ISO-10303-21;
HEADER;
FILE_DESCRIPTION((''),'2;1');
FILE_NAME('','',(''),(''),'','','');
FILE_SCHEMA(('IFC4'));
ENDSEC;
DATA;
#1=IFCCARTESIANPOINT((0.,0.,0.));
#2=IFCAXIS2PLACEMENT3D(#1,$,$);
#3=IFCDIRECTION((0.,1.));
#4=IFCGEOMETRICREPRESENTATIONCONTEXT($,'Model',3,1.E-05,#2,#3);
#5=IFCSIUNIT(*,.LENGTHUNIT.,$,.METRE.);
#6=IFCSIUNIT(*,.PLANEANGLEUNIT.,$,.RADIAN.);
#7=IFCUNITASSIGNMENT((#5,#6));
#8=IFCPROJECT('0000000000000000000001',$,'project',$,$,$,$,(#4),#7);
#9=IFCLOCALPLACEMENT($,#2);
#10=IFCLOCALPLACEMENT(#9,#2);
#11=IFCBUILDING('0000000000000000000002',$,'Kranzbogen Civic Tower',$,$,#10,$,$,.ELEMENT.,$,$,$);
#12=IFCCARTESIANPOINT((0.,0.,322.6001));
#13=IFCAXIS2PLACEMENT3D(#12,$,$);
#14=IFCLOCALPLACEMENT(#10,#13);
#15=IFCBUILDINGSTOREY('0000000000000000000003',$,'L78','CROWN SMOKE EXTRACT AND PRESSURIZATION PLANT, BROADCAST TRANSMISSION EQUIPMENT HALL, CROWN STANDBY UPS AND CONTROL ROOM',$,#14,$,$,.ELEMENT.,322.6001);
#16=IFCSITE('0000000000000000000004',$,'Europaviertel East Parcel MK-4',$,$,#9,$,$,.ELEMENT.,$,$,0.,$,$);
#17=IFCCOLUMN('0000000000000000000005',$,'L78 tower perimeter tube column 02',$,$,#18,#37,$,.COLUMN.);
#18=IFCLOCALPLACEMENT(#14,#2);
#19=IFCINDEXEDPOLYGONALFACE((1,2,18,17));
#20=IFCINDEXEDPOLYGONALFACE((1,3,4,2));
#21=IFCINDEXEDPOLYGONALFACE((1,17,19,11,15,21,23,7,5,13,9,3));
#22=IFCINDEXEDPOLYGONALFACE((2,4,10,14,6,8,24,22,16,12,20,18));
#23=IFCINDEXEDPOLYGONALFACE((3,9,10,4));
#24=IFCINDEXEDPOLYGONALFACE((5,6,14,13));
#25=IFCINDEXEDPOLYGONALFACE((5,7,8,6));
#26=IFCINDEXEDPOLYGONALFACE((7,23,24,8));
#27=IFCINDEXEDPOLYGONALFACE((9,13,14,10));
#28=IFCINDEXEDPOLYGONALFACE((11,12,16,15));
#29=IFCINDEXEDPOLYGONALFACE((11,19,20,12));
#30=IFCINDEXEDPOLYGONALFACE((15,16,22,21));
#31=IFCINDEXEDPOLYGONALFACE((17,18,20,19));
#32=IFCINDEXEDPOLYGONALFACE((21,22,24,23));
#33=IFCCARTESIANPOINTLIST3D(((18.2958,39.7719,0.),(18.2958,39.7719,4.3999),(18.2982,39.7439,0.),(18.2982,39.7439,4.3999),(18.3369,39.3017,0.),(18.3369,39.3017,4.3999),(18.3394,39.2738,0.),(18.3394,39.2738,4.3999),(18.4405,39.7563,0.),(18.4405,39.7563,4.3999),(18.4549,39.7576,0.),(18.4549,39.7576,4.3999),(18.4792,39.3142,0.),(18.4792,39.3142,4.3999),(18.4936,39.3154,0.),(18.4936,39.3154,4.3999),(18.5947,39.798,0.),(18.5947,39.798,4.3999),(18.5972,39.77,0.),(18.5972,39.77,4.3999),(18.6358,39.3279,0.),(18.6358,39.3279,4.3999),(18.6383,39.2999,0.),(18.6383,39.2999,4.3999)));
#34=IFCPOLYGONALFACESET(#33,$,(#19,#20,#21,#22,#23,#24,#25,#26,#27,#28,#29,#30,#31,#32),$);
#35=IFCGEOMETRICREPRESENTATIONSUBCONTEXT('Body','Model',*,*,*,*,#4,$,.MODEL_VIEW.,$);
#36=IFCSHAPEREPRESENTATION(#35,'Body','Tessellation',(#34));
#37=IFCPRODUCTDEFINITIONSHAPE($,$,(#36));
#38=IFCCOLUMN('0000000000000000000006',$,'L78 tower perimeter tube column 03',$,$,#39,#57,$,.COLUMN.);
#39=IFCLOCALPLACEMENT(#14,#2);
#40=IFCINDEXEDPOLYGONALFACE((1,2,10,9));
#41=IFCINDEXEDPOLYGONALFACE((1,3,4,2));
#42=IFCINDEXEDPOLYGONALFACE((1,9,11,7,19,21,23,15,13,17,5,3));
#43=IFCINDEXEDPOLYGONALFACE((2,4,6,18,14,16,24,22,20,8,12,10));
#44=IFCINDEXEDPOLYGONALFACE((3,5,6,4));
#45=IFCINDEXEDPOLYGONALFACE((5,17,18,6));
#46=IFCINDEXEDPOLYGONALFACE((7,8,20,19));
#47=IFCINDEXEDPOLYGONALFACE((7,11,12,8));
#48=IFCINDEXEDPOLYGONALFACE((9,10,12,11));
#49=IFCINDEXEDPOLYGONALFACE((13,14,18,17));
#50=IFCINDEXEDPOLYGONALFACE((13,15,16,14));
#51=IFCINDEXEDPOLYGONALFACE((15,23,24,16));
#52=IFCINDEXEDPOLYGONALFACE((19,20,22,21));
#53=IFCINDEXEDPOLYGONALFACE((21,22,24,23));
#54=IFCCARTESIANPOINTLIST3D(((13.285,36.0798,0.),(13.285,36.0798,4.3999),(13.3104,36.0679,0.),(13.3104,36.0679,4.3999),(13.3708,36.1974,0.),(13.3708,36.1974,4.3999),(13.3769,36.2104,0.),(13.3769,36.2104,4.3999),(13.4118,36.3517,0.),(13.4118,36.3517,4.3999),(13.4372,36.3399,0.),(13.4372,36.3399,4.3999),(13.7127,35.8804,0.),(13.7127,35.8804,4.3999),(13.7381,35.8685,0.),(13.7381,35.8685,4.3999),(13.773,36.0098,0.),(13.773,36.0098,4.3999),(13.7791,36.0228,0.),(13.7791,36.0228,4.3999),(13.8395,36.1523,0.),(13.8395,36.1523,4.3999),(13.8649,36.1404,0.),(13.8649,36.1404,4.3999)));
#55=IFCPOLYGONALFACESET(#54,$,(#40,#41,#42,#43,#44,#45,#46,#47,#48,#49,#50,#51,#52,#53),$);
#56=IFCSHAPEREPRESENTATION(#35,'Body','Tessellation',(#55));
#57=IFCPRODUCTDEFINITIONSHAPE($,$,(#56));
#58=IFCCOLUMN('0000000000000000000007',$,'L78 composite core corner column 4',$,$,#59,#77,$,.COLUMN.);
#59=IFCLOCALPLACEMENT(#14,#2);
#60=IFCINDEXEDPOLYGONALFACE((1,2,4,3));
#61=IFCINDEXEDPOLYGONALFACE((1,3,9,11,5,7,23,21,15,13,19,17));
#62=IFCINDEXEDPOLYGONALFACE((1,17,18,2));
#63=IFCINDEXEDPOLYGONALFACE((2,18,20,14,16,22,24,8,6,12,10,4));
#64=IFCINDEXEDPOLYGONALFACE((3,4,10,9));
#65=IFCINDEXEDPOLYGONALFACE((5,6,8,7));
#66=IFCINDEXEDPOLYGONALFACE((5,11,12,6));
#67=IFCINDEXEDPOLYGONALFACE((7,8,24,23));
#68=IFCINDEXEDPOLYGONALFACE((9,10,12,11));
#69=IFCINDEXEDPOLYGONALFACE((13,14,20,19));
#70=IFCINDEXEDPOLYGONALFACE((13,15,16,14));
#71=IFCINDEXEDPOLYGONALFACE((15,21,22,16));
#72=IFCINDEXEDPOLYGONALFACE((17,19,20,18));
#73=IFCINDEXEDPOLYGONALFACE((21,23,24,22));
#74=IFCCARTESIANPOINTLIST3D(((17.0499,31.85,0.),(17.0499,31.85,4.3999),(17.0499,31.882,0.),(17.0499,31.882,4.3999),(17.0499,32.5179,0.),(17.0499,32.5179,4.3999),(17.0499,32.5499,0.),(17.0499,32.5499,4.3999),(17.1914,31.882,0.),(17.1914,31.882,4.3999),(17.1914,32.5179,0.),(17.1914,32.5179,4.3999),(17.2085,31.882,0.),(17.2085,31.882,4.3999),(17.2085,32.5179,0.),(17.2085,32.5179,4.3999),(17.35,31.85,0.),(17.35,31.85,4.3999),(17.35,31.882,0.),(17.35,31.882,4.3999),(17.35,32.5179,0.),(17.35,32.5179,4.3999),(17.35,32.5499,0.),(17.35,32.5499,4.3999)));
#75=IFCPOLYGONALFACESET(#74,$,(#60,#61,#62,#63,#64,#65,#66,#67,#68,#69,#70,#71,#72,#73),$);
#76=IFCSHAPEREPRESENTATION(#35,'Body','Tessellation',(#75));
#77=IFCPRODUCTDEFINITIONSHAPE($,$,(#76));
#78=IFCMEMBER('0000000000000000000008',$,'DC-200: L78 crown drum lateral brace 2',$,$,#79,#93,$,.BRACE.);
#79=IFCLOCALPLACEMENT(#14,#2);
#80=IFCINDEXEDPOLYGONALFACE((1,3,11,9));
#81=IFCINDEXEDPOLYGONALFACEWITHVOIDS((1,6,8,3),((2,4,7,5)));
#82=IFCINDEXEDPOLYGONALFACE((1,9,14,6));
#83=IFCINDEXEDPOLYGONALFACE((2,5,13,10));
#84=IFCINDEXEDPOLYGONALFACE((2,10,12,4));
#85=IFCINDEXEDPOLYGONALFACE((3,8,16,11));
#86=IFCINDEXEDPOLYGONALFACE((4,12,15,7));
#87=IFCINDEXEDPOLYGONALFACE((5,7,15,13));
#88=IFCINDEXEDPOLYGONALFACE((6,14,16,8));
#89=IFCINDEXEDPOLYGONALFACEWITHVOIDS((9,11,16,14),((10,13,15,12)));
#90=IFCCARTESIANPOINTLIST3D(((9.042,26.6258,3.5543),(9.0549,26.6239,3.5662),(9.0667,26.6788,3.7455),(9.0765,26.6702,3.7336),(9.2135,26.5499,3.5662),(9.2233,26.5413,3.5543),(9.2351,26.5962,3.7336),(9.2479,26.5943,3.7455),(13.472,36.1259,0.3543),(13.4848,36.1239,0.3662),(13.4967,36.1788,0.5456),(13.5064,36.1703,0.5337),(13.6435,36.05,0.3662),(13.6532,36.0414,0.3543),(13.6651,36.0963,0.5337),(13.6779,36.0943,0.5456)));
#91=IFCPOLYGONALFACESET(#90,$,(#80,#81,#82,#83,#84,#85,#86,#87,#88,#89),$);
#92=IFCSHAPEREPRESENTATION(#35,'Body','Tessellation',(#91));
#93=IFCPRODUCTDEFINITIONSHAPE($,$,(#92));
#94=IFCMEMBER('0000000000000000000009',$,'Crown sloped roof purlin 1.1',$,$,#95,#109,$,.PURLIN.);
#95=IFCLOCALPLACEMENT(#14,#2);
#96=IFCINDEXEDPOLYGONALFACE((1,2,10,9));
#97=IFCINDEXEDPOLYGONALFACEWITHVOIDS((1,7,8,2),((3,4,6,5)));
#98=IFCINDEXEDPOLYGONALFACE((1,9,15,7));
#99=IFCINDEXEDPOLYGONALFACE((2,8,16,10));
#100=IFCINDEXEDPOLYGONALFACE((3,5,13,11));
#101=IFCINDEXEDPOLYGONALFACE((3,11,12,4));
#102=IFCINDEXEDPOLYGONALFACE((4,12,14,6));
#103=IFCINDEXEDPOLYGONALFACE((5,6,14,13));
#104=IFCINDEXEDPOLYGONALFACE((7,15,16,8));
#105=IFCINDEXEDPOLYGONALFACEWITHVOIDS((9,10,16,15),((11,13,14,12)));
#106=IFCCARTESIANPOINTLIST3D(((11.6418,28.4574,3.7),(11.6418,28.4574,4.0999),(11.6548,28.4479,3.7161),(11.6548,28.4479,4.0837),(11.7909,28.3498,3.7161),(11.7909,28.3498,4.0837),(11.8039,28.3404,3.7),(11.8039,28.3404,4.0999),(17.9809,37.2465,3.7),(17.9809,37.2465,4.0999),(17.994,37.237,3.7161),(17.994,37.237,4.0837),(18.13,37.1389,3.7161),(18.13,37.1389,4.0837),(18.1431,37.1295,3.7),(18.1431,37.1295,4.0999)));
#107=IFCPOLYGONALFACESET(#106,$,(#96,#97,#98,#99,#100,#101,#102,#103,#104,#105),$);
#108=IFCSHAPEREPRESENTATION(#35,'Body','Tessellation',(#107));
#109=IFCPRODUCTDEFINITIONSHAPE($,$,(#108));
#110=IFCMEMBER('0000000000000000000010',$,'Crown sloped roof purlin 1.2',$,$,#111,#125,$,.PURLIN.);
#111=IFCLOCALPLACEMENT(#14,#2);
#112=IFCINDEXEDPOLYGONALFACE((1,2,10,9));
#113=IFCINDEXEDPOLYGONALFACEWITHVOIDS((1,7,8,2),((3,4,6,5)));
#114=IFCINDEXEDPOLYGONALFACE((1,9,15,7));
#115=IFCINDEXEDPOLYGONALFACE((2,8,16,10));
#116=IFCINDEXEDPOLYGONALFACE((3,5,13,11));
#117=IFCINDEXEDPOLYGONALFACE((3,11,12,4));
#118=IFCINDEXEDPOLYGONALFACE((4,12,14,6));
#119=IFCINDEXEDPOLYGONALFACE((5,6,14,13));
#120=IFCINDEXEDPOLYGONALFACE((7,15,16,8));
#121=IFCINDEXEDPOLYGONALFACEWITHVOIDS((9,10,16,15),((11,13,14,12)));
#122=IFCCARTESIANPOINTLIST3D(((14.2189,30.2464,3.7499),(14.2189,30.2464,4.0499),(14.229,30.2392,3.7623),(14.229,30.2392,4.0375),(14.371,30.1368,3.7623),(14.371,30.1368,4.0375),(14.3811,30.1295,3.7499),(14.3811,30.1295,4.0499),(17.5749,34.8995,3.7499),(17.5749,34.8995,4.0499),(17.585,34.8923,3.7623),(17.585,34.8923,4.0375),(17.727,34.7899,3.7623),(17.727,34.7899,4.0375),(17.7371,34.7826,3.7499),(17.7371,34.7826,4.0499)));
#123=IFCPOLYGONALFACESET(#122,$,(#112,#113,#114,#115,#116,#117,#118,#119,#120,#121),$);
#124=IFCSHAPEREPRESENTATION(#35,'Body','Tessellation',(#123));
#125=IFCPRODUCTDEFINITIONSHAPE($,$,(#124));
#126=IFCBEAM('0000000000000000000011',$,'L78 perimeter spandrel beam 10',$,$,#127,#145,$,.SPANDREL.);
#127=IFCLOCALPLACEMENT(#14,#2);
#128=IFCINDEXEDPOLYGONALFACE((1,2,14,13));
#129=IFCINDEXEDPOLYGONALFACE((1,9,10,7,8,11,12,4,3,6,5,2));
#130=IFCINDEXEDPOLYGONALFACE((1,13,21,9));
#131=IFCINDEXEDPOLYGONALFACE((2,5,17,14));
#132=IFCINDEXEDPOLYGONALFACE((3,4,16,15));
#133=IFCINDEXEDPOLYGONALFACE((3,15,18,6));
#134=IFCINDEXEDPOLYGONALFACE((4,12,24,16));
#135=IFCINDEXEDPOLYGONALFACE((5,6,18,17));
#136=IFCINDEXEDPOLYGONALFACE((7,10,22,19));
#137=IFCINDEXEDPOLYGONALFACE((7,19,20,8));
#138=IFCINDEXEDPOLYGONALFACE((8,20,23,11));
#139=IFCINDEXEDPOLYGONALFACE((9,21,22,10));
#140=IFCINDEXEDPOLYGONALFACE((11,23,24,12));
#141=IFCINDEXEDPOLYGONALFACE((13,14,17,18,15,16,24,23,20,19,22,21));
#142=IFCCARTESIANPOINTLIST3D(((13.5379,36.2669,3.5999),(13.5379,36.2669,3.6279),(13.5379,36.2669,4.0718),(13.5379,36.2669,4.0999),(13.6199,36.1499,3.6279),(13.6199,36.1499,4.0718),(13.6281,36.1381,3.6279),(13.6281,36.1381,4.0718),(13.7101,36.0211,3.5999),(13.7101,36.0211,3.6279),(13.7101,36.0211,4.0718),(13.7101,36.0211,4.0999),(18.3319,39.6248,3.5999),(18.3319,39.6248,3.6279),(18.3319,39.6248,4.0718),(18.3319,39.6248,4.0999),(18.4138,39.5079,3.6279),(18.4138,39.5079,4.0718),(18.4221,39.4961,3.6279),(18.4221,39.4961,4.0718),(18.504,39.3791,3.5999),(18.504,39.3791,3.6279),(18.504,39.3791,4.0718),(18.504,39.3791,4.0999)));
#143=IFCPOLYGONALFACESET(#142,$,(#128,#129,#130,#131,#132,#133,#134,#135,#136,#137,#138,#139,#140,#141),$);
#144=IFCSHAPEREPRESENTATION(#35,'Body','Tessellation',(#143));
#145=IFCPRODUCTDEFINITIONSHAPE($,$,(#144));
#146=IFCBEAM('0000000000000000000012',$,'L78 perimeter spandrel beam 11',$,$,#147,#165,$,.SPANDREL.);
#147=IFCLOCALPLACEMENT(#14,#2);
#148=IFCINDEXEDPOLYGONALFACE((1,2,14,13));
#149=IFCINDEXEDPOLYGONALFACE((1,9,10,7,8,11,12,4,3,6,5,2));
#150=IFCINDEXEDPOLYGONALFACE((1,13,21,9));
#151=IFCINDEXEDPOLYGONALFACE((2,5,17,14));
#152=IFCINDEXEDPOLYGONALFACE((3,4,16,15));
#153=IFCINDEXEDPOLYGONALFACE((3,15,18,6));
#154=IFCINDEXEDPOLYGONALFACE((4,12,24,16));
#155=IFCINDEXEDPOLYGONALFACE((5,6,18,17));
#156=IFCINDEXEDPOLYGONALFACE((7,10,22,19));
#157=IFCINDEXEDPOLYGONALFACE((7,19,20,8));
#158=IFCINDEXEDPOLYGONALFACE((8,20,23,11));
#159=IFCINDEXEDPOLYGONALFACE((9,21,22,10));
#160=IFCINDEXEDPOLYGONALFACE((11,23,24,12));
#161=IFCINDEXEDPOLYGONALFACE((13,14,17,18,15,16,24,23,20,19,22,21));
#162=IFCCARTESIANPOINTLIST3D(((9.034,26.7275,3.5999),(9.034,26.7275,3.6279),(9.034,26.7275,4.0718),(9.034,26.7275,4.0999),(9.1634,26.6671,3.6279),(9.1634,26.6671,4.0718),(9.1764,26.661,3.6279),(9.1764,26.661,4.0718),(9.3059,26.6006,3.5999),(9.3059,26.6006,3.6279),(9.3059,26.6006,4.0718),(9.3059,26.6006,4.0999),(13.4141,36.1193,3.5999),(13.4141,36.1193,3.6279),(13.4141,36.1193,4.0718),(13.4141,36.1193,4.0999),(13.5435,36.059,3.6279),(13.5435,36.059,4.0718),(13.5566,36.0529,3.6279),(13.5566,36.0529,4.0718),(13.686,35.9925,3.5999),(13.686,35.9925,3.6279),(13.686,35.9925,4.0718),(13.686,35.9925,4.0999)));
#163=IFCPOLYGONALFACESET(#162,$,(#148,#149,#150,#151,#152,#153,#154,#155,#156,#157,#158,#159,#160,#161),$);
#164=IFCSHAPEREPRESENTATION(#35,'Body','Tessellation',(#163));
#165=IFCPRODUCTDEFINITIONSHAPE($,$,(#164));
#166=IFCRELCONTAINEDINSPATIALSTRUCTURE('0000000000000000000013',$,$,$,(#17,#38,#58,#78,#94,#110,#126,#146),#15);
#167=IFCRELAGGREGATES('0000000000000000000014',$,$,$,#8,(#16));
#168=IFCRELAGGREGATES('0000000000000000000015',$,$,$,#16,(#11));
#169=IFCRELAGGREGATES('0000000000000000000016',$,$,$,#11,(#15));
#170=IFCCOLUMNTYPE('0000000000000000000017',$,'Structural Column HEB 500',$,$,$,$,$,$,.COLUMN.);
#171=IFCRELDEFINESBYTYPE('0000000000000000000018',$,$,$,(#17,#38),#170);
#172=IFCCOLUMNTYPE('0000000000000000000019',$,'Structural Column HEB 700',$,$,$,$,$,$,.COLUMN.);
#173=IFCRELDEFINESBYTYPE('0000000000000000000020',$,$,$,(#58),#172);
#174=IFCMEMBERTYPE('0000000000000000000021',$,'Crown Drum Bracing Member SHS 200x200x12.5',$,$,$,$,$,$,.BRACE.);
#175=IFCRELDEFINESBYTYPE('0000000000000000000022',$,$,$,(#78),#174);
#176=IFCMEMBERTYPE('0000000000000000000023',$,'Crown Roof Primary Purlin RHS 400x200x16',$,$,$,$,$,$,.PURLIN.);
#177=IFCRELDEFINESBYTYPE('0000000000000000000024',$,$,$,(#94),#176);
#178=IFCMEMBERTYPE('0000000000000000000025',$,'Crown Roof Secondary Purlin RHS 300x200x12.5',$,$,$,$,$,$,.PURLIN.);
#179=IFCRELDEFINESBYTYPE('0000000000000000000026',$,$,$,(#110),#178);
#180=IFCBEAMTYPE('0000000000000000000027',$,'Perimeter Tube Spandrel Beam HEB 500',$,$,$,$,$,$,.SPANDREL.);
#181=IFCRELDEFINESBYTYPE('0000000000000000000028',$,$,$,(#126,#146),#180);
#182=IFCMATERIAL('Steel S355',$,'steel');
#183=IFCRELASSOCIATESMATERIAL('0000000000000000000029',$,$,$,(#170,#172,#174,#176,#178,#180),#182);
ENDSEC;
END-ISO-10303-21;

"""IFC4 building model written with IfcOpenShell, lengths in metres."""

from ifc_helpers import new_model, si_unit, direction, frame, origin, origin_2d, place, context, subcontext, project, spatial, hollow_rectangle, i_section, extrude, material, material_profile, profile_set, type_object, element, save


model = new_model("IFC4")

# Units and contexts
model_context = context("Model", 3, precision=1e-05, world=origin(), true_north=direction((0.0, 1.0)))
body_context = subcontext(model_context, "Body", "Model", "MODEL_VIEW")
ifc_project = project(units=[si_unit("LENGTHUNIT", "METRE"), si_unit("PLANEANGLEUNIT", "RADIAN")], contexts=[model_context])

# Site, building, storey
site_placement = place(None, origin())
site = spatial("IfcSite", under=ifc_project, at=site_placement, Name="Europaviertel East Parcel MK-4", CompositionType="ELEMENT", RefElevation=0.0)
building_placement = place(site_placement, origin())
building = spatial("IfcBuilding", under=site, at=building_placement, Name="Kranzbogen Civic Tower", CompositionType="ELEMENT")
storey_placement = place(building_placement, frame((0.0, 0.0, 322.6001)))
storey = spatial("IfcBuildingStorey", under=building, at=storey_placement, Name="L78", Description="CROWN SMOKE EXTRACT AND PRESSURIZATION PLANT, BROADCAST TRANSMISSION EQUIPMENT HALL, CROWN STANDBY UPS AND CONTROL ROOM", CompositionType="ELEMENT", Elevation=322.6001)

# Columns
ifc_material_1 = material(Name="Steel S355", Category="steel")
ifc_material_profile_1 = material_profile(ifc_material_1, i_section(OverallWidth=0.3, OverallDepth=0.5, WebThickness=0.0144, FlangeThickness=0.0281, at=origin_2d()), Name="HEB 500")
ifc_profile_set_1 = profile_set([ifc_material_profile_1], Name="Steel S355")
column_type_1 = type_object("IfcColumnType", Name="Structural Column HEB 500", PredefinedType="COLUMN", material=ifc_profile_set_1)
for number, where, z_axis, x_axis, name in (
    (1, (18.467, 39.5359, 0.0), (0.0, 0.0, 1.0), (0.996195, 0.087156, 0.0), "L78 tower perimeter tube column 02"),
    (2, (13.575, 36.1101, 0.0), (0.0, 0.0, 1.0), (0.422618, 0.906308, 0.0), "L78 tower perimeter tube column 03"),
):
    element("IfcColumn", number, at=place(storey_placement, frame(where, z_axis=z_axis, x_axis=x_axis)), inside=storey, type_object=column_type_1, Name=name, PredefinedType="COLUMN", context=body_context, shape_type="SweptSolid", body=[
        extrude(i_section(OverallWidth=0.3, OverallDepth=0.5, WebThickness=0.0144, FlangeThickness=0.0281, at=origin_2d()), origin(), (0.0, 0.0, 1.0), 4.3999),
    ])
ifc_material_profile_2 = material_profile(ifc_material_1, i_section(OverallWidth=0.3, OverallDepth=0.7, WebThickness=0.0171, FlangeThickness=0.032, at=origin_2d()), Name="HEB 700")
ifc_profile_set_2 = profile_set([ifc_material_profile_2], Name="Steel S355")
column_type_2 = type_object("IfcColumnType", Name="Structural Column HEB 700", PredefinedType="COLUMN", material=ifc_profile_set_2)
column_placement = place(storey_placement, frame((17.2, 32.2, 0.0), z_axis=(0.0, 0.0, 1.0), x_axis=(1.0, 0.0, 0.0)))
element("IfcColumn", 3, at=column_placement, inside=storey, type_object=column_type_2, Name="L78 composite core corner column 4", PredefinedType="COLUMN", context=body_context, shape_type="SweptSolid", body=[
    extrude(i_section(OverallWidth=0.3, OverallDepth=0.7, WebThickness=0.0171, FlangeThickness=0.032, at=origin_2d()), origin(), (0.0, 0.0, 1.0), 4.3999),
])

# Members
ifc_material_profile_3 = material_profile(ifc_material_1, hollow_rectangle(XDim=0.2, YDim=0.2, WallThickness=0.0125, at=origin_2d()), Name="SHS 200x200x12.5")
ifc_profile_set_3 = profile_set([ifc_material_profile_3], Name="Steel S355")
member_type_1 = type_object("IfcMemberType", Name="Crown Drum Bracing Member SHS 200x200x12.5", PredefinedType="BRACE", material=ifc_profile_set_3)
member_1_placement = place(storey_placement, frame((13.575, 36.1101, 0.45), z_axis=(-0.404204, -0.866816, 0.291976), x_axis=(0.906307, -0.422619, 0.0)))
element("IfcMember", 4, at=member_1_placement, inside=storey, type_object=member_type_1, Name="DC-200: L78 crown drum lateral brace 2", PredefinedType="BRACE", context=body_context, shape_type="SweptSolid", body=[
    extrude(hollow_rectangle(XDim=0.2, YDim=0.2, WallThickness=0.0125, at=origin_2d()), origin(), (0.0, 0.0, 1.0), 10.9597),
])
ifc_material_profile_4 = material_profile(ifc_material_1, hollow_rectangle(XDim=0.2, YDim=0.3999, WallThickness=0.0161, at=origin_2d()), Name="RHS 400x200x16")
ifc_profile_set_4 = profile_set([ifc_material_profile_4], Name="Steel S355")
member_type_2 = type_object("IfcMemberType", Name="Crown Roof Primary Purlin RHS 400x200x16", PredefinedType="PURLIN", material=ifc_profile_set_4)
member_2_placement = place(storey_placement, frame((18.062, 37.188, 3.8999), z_axis=(-0.584972, -0.811053, 0.0), x_axis=(0.811053, -0.584972, 0.0)))
element("IfcMember", 5, at=member_2_placement, inside=storey, type_object=member_type_2, Name="Crown sloped roof purlin 1.1", PredefinedType="PURLIN", context=body_context, shape_type="SweptSolid", body=[
    extrude(hollow_rectangle(XDim=0.2, YDim=0.3999, WallThickness=0.0161, at=origin_2d()), origin(), (0.0, 0.0, 1.0), 10.8367),
])
ifc_material_profile_5 = material_profile(ifc_material_1, hollow_rectangle(XDim=0.2, YDim=0.3, WallThickness=0.0125, at=origin_2d()), Name="RHS 300x200x12.5")
ifc_profile_set_5 = profile_set([ifc_material_profile_5], Name="Steel S355")
member_type_3 = type_object("IfcMemberType", Name="Crown Roof Secondary Purlin RHS 300x200x12.5", PredefinedType="PURLIN", material=ifc_profile_set_5)
member_3_placement = place(storey_placement, frame((17.656, 34.8411, 3.8999), z_axis=(-0.584964, -0.811059, 0.0), x_axis=(0.811059, -0.584964, 0.0)))
element("IfcMember", 6, at=member_3_placement, inside=storey, type_object=member_type_3, Name="Crown sloped roof purlin 1.2", PredefinedType="PURLIN", context=body_context, shape_type="SweptSolid", body=[
    extrude(hollow_rectangle(XDim=0.2, YDim=0.3, WallThickness=0.0125, at=origin_2d()), origin(), (0.0, 0.0, 1.0), 5.7371),
])

# Beams
ifc_material_profile_6 = material_profile(ifc_material_1, i_section(OverallWidth=0.3, OverallDepth=0.5, WebThickness=0.0144, FlangeThickness=0.0281, at=origin_2d()), Name="HEB 500")
ifc_profile_set_6 = profile_set([ifc_material_profile_6], Name="Steel S355")
beam_type_1 = type_object("IfcBeamType", Name="Perimeter Tube Spandrel Beam HEB 500", PredefinedType="SPANDREL", material=ifc_profile_set_6)
beam_1_placement = place(storey_placement, frame((18.418, 39.502, 3.8499), z_axis=(-0.819059, -0.573709, 0.0), x_axis=(0.573709, -0.819059, 0.0)))
element("IfcBeam", 7, at=beam_1_placement, inside=storey, type_object=beam_type_1, Name="L78 perimeter spandrel beam 10", PredefinedType="SPANDREL", context=body_context, shape_type="SweptSolid", body=[
    extrude(i_section(OverallWidth=0.3, OverallDepth=0.5, WebThickness=0.0144, FlangeThickness=0.0281, at=origin_2d()), origin(), (0.0, 0.0, 1.0), 5.853),
])
beam_2_placement = place(storey_placement, frame((13.55, 36.0559, 3.8499), z_axis=(-0.422669, -0.906284, 0.0), x_axis=(0.906284, -0.422669, 0.0)))
element("IfcBeam", 8, at=beam_2_placement, inside=storey, type_object=beam_type_1, Name="L78 perimeter spandrel beam 11", PredefinedType="SPANDREL", context=body_context, shape_type="SweptSolid", body=[
    extrude(i_section(OverallWidth=0.3, OverallDepth=0.5, WebThickness=0.0144, FlangeThickness=0.0281, at=origin_2d()), origin(), (0.0, 0.0, 1.0), 10.363),
])

save(model, "model.ifc")
